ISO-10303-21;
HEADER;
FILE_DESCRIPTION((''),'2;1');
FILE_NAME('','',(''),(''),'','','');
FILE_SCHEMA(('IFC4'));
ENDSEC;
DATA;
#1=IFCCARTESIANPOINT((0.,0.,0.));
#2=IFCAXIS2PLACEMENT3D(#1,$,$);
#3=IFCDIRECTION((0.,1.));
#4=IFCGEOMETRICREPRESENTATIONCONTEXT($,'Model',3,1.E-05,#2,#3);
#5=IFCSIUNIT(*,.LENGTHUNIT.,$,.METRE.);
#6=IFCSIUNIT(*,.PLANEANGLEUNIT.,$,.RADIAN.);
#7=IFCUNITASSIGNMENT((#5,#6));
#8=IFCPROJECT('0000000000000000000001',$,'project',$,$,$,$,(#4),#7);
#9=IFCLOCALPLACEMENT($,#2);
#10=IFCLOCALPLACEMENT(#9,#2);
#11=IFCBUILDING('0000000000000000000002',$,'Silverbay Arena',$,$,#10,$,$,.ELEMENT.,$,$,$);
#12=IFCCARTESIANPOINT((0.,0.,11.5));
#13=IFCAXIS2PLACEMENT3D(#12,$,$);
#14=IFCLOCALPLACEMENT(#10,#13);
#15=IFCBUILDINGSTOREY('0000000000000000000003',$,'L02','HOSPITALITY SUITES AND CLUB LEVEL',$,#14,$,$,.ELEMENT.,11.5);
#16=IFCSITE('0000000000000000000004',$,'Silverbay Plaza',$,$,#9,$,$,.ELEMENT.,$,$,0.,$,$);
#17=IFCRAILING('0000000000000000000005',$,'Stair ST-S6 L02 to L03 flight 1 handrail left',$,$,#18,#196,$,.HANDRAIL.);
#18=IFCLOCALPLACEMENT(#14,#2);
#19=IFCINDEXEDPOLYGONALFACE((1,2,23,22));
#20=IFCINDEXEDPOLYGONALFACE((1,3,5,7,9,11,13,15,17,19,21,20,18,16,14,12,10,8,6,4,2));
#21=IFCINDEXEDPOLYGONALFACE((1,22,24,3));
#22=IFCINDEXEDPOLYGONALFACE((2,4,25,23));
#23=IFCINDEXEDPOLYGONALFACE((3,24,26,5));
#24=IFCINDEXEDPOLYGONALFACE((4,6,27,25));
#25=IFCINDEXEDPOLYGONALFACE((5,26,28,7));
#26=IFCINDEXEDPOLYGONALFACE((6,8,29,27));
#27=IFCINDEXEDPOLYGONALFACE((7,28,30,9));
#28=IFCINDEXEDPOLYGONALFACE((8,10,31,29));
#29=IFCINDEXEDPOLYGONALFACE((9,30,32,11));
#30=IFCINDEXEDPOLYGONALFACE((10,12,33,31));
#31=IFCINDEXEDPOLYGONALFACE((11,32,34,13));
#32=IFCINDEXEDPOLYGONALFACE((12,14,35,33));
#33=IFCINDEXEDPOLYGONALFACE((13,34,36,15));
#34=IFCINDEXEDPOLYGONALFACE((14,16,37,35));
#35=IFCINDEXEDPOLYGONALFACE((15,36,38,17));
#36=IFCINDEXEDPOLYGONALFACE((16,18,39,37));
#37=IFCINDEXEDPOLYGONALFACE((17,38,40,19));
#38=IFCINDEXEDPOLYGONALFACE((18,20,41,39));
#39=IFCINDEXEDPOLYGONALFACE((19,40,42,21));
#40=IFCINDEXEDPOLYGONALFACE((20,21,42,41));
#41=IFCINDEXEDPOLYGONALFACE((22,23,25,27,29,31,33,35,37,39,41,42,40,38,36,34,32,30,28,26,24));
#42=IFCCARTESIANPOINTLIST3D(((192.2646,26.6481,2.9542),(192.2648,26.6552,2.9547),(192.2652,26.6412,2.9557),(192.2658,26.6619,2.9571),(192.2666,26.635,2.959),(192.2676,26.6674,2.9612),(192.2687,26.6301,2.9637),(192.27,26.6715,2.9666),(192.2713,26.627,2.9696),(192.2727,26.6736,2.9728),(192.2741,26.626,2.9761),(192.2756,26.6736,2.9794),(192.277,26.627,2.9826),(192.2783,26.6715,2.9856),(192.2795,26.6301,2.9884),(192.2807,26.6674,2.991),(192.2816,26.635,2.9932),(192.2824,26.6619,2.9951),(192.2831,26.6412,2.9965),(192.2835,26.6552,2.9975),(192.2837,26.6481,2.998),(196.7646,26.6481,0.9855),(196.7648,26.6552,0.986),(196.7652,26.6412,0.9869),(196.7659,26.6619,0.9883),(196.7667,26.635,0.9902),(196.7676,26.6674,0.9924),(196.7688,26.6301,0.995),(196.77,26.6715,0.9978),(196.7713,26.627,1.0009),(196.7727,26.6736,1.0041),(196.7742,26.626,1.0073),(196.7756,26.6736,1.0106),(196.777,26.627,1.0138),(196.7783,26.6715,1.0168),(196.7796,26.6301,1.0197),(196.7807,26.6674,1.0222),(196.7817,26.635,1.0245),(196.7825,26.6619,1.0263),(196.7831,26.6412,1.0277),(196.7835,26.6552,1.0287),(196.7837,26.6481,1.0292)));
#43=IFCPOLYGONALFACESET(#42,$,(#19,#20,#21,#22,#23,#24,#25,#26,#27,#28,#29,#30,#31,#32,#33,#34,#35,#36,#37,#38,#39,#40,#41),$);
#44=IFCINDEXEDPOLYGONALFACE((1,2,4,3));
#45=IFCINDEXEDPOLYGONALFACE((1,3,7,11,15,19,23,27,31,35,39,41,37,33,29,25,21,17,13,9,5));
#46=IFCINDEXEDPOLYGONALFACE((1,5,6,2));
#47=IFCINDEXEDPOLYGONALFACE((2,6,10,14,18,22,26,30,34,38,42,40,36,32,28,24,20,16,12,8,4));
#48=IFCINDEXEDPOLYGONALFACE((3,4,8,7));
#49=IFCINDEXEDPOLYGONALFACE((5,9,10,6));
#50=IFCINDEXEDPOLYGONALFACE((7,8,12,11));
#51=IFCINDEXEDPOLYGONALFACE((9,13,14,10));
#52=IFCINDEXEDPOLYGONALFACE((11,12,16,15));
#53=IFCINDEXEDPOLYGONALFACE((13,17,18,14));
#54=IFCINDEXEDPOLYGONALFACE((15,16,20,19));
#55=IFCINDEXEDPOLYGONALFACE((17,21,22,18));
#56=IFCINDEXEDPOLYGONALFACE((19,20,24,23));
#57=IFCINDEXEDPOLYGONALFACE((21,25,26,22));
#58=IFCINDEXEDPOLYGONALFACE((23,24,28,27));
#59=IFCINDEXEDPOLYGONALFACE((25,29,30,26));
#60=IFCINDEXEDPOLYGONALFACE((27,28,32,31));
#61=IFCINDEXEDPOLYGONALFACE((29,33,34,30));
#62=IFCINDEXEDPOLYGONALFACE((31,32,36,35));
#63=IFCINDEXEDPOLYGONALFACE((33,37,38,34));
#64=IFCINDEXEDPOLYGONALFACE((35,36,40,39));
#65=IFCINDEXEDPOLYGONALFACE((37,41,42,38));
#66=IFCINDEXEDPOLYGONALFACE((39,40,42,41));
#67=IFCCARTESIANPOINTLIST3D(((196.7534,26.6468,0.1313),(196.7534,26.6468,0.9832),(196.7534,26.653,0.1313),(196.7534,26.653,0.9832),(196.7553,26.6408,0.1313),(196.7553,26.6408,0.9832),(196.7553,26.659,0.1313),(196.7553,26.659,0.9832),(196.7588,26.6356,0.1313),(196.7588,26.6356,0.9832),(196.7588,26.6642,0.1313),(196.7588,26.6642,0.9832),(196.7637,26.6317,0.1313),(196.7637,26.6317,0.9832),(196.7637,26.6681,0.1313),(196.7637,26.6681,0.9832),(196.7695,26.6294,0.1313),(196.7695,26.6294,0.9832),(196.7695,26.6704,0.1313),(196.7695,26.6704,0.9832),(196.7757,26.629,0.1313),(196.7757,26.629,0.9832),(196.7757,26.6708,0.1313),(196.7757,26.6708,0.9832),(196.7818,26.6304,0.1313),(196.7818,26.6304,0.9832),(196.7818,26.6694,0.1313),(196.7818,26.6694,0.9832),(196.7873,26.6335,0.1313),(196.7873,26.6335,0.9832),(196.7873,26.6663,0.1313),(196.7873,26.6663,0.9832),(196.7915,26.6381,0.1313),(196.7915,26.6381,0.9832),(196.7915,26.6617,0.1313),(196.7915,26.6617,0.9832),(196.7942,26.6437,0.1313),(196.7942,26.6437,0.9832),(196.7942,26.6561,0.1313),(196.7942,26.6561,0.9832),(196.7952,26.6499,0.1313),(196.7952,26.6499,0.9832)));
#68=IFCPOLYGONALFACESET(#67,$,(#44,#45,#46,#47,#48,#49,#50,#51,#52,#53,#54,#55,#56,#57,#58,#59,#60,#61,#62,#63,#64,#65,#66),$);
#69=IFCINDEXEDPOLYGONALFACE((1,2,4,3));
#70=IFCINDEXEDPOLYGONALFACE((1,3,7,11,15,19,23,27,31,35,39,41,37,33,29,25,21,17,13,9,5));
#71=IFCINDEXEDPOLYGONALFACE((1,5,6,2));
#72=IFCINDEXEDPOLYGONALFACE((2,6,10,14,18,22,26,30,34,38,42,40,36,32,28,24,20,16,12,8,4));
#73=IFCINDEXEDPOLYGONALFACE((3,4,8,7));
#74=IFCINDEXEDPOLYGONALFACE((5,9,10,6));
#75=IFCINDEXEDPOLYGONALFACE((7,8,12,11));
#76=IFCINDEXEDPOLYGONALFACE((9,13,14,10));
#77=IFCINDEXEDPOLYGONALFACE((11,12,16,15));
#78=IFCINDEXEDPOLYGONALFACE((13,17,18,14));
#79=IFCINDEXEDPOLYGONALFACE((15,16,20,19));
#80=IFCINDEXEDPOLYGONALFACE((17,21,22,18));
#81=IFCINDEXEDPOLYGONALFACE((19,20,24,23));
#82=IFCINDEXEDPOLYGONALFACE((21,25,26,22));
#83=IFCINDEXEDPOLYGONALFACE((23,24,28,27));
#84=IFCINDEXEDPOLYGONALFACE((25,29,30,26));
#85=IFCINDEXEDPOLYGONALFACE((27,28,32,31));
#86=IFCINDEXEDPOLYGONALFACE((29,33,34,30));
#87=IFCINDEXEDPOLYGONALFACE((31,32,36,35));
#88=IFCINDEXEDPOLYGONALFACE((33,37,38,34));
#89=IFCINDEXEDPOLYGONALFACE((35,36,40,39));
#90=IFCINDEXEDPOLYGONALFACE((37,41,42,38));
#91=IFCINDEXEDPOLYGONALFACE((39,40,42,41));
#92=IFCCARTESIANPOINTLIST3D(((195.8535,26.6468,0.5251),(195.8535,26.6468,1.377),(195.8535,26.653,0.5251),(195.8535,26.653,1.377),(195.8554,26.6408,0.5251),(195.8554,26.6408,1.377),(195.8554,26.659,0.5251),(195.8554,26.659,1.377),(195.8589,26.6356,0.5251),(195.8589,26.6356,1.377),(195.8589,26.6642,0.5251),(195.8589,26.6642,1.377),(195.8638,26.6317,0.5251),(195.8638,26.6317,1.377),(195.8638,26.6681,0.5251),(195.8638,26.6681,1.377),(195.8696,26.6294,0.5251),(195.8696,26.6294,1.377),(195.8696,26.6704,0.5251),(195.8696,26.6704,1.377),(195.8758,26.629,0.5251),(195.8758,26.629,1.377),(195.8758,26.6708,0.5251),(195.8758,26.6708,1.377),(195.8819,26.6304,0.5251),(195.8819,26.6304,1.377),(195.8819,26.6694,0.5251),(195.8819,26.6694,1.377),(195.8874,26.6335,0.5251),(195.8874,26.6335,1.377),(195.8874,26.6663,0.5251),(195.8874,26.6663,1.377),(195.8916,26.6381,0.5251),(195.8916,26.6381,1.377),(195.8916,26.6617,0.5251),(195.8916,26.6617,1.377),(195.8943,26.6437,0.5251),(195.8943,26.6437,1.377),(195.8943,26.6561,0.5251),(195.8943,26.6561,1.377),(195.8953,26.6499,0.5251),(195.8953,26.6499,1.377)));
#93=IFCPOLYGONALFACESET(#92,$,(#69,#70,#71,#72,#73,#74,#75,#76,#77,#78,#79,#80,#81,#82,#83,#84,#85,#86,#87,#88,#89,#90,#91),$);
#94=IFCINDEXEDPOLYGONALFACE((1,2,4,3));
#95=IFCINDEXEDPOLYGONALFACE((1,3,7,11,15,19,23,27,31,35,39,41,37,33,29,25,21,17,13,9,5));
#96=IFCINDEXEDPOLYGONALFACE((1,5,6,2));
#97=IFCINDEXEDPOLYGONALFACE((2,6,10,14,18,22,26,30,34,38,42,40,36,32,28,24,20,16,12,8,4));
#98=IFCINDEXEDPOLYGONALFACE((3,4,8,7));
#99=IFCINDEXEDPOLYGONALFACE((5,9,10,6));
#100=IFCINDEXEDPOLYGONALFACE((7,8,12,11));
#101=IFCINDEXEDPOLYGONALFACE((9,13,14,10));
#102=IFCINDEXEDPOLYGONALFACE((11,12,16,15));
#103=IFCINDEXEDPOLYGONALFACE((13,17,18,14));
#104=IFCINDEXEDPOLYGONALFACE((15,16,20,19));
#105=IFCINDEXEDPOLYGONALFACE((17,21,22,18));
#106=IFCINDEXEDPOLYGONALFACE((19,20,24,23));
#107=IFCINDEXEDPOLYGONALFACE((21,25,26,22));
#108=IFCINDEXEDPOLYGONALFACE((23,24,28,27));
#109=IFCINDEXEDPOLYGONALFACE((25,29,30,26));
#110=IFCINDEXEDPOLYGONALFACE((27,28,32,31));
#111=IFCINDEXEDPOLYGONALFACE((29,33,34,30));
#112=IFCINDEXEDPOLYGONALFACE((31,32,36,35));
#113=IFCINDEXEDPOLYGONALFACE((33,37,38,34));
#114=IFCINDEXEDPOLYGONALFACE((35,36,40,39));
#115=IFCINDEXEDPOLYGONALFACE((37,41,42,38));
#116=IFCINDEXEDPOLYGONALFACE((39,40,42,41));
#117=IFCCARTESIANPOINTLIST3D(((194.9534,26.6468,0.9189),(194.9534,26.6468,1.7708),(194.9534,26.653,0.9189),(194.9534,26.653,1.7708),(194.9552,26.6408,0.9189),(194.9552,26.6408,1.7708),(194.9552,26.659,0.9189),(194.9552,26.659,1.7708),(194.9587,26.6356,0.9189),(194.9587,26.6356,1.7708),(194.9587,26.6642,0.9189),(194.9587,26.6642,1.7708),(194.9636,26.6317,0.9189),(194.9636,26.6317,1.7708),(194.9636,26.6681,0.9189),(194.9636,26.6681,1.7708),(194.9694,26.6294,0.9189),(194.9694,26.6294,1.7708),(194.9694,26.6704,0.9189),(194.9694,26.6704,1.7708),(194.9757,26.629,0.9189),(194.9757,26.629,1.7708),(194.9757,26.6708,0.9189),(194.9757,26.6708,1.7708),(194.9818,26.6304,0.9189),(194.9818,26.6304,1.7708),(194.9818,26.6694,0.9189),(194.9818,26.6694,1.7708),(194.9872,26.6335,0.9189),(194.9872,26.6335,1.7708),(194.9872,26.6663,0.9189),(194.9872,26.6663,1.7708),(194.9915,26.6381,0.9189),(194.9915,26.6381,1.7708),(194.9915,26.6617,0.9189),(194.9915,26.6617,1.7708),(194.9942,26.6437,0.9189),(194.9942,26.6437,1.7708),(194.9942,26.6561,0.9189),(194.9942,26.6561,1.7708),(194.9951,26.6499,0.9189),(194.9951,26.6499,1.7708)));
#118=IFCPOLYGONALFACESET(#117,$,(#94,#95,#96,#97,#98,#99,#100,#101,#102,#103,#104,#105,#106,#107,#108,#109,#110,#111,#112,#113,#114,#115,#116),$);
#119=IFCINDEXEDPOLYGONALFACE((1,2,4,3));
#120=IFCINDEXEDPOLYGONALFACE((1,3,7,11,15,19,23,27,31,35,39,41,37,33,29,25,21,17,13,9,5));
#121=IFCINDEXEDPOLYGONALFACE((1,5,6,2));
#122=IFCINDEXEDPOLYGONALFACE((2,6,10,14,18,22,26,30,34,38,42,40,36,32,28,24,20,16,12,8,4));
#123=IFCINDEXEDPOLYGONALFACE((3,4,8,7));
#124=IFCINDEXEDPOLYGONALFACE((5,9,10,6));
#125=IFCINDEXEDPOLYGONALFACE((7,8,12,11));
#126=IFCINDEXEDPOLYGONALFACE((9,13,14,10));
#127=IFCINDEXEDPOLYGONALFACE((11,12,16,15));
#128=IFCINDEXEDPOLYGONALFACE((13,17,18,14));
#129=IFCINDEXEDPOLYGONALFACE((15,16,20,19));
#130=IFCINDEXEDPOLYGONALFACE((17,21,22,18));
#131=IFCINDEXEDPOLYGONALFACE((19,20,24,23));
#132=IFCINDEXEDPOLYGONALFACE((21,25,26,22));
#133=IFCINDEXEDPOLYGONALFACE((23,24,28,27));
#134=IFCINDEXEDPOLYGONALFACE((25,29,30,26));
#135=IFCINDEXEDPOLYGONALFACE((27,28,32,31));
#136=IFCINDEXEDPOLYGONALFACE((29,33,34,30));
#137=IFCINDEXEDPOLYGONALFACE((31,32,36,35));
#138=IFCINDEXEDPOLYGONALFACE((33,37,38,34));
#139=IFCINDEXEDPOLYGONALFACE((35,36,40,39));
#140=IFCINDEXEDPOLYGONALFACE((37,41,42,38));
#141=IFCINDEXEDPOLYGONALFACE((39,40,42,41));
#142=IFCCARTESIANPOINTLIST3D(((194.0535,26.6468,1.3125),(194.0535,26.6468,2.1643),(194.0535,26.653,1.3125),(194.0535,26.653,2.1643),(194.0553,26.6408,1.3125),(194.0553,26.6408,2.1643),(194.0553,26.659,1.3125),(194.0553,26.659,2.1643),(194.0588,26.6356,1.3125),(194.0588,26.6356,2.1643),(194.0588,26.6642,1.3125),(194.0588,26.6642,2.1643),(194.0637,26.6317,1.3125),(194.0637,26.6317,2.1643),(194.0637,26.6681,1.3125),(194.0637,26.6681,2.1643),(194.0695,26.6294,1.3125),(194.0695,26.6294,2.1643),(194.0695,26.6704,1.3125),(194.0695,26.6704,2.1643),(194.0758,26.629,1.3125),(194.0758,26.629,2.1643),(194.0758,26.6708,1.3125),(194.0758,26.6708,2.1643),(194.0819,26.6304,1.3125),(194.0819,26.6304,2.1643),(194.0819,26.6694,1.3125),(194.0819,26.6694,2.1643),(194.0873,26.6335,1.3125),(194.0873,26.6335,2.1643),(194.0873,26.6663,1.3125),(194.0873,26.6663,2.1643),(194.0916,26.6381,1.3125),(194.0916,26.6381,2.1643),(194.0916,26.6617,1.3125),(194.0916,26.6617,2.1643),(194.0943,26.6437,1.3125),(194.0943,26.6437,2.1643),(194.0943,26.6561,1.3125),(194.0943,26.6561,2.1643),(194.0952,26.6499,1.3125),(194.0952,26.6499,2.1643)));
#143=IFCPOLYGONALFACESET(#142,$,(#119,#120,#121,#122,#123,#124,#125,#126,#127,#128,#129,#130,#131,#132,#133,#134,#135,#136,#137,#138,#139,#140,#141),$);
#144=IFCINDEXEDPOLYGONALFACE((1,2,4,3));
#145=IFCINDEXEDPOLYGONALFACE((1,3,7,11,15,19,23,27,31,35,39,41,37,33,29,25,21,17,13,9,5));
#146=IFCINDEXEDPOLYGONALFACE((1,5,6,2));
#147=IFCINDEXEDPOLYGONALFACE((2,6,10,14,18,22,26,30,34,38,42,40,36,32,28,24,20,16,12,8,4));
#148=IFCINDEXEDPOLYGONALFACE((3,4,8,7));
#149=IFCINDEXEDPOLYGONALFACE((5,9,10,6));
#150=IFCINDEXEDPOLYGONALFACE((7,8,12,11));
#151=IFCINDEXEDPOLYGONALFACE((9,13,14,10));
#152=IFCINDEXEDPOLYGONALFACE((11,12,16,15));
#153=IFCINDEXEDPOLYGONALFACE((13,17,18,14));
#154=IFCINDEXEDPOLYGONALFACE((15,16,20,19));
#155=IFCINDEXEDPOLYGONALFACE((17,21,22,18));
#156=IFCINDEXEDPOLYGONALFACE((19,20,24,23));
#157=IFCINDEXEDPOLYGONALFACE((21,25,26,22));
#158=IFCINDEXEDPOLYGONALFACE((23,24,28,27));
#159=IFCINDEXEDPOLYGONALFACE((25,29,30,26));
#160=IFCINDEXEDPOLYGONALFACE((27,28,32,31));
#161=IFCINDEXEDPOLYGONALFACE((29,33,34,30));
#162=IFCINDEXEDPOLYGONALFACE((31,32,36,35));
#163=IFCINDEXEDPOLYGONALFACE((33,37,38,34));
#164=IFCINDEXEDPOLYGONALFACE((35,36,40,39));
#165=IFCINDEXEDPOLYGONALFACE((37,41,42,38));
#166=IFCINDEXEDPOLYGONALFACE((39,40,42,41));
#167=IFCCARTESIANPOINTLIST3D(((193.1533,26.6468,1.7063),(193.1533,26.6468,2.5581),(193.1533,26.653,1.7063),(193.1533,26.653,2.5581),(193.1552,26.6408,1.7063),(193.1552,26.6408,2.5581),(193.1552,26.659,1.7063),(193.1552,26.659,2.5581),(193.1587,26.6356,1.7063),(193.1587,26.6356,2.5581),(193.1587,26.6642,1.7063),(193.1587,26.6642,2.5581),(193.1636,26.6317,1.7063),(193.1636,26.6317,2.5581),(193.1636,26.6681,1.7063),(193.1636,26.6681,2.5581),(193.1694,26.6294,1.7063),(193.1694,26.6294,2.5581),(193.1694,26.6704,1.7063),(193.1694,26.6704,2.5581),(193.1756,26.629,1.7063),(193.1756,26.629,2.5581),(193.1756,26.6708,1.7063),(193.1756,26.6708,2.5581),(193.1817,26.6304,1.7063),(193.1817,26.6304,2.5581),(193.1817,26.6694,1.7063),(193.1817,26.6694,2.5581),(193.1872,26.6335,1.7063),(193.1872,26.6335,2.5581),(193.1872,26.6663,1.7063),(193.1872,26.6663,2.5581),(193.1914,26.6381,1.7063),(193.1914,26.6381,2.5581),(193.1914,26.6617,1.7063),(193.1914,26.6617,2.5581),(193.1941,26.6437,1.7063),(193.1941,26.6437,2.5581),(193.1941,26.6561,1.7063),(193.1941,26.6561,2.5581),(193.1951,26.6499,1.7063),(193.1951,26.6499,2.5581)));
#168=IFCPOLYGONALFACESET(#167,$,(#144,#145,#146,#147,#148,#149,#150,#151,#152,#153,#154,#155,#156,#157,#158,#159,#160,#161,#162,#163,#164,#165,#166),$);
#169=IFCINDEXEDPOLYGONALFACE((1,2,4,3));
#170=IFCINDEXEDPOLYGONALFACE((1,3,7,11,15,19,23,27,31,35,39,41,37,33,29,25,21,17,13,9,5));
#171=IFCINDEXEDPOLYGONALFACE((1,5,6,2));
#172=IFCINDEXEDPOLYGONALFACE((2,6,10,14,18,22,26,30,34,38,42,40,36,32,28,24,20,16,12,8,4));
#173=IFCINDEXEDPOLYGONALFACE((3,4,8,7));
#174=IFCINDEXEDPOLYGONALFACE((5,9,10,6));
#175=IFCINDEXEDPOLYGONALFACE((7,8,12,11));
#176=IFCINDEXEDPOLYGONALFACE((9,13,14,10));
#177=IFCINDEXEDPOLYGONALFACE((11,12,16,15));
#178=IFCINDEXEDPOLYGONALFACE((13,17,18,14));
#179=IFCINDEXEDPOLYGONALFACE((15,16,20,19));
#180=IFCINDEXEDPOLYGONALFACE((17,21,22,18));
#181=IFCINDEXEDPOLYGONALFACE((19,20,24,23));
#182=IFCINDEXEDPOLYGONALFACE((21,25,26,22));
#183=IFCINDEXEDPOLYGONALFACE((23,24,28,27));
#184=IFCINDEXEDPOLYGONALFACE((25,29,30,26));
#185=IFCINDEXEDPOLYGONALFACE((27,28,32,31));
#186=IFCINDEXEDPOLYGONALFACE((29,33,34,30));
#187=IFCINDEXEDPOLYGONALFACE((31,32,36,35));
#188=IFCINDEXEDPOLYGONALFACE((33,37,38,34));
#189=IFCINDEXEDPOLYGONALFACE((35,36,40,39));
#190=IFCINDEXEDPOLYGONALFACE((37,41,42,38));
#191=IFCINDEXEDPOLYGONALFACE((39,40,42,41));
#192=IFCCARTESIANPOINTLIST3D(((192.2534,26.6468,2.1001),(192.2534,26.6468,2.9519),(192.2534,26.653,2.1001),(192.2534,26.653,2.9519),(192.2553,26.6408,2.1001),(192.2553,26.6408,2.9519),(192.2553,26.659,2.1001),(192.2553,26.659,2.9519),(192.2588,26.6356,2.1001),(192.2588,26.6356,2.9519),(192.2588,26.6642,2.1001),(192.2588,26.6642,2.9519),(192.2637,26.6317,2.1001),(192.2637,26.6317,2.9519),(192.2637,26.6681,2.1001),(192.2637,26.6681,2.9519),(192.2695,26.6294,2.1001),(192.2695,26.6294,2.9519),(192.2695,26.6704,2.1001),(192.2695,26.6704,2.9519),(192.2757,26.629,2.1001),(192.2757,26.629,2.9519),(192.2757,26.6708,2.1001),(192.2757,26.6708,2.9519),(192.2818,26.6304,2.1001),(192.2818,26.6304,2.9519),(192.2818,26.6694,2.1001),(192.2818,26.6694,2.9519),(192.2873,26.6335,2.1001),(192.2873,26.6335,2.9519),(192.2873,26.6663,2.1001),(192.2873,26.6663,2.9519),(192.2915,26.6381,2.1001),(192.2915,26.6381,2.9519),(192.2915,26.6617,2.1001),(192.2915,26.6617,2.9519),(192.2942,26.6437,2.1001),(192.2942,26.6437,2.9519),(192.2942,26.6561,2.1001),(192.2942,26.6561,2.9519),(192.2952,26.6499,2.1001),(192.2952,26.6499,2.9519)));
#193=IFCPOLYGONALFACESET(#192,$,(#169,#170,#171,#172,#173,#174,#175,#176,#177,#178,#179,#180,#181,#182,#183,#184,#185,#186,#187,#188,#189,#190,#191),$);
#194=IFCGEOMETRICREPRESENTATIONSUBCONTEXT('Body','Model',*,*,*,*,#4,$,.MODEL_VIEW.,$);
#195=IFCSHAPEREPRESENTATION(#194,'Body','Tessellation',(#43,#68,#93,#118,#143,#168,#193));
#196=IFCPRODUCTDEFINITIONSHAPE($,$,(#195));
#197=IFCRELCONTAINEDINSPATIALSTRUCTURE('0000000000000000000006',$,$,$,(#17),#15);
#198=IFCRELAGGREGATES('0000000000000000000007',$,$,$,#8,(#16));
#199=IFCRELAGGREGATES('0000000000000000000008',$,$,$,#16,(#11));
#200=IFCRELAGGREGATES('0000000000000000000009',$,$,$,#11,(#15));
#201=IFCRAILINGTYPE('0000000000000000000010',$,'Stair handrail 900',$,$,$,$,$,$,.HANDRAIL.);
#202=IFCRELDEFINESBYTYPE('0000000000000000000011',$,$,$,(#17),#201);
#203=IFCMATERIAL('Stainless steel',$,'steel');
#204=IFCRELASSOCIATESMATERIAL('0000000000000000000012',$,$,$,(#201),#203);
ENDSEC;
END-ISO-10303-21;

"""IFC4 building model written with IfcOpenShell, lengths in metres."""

from ifc_helpers import new_model, si_unit, direction, frame, origin, origin_2d, place, context, subcontext, project, spatial, circle, extrude, material, type_object, element, save


model = new_model("IFC4")

# Units and contexts
model_context = context("Model", 3, precision=1e-05, world=origin(), true_north=direction((0.0, 1.0)))
body_context = subcontext(model_context, "Body", "Model", "MODEL_VIEW")
ifc_project = project(units=[si_unit("LENGTHUNIT", "METRE"), si_unit("PLANEANGLEUNIT", "RADIAN")], contexts=[model_context])

# Site, building, storey
site_placement = place(None, origin())
site = spatial("IfcSite", under=ifc_project, at=site_placement, Name="Silverbay Plaza", CompositionType="ELEMENT", RefElevation=0.0)
building_placement = place(site_placement, origin())
building = spatial("IfcBuilding", under=site, at=building_placement, Name="Silverbay Arena", CompositionType="ELEMENT")
storey_placement = place(building_placement, frame((0.0, 0.0, 11.5)))
storey = spatial("IfcBuildingStorey", under=building, at=storey_placement, Name="L02", Description="HOSPITALITY SUITES AND CLUB LEVEL", CompositionType="ELEMENT", Elevation=11.5)

# Railing
ifc_material_1 = material(Name="Stainless steel", Category="steel")
railing_type_1 = type_object("IfcRailingType", Name="Stair handrail 900", PredefinedType="HANDRAIL", material=ifc_material_1)
for number, where, name in (
    (1, (196.7742, 26.6499, 0.1313), "Stair ST-S6 L02 to L03 flight 1 handrail left"),
):
    element("IfcRailing", number, at=place(storey_placement, frame(where)), inside=storey, type_object=railing_type_1, Name=name, PredefinedType="HANDRAIL", context=body_context, shape_type="SweptSolid", body=[
        extrude(circle(Radius=0.0239, at=origin_2d()), frame((0.0, 0.0, 0.876), z_axis=(-0.916157, 0.0, 0.400819), x_axis=(0.0, -1.0, 0.0)), (0.0, 0.0, 1.0), 4.9119),
        extrude(circle(Radius=0.021, at=origin_2d()), origin(), (0.0, 0.0, 1.0), 0.8518),
        extrude(circle(Radius=0.021, at=origin_2d()), frame((-0.8999, 0.0, 0.3938)), (0.0, 0.0, 1.0), 0.8518),
        extrude(circle(Radius=0.021, at=origin_2d()), frame((-1.8, 0.0, 0.7876)), (0.0, 0.0, 1.0), 0.8518),
        extrude(circle(Radius=0.021, at=origin_2d()), frame((-2.7, 0.0, 1.1812)), (0.0, 0.0, 1.0), 0.8518),
        extrude(circle(Radius=0.021, at=origin_2d()), frame((-3.6001, 0.0, 1.575)), (0.0, 0.0, 1.0), 0.8518),
        extrude(circle(Radius=0.021, at=origin_2d()), frame((-4.5, 0.0, 1.9688)), (0.0, 0.0, 1.0), 0.8518),
    ])

save(model, "model.ifc")
